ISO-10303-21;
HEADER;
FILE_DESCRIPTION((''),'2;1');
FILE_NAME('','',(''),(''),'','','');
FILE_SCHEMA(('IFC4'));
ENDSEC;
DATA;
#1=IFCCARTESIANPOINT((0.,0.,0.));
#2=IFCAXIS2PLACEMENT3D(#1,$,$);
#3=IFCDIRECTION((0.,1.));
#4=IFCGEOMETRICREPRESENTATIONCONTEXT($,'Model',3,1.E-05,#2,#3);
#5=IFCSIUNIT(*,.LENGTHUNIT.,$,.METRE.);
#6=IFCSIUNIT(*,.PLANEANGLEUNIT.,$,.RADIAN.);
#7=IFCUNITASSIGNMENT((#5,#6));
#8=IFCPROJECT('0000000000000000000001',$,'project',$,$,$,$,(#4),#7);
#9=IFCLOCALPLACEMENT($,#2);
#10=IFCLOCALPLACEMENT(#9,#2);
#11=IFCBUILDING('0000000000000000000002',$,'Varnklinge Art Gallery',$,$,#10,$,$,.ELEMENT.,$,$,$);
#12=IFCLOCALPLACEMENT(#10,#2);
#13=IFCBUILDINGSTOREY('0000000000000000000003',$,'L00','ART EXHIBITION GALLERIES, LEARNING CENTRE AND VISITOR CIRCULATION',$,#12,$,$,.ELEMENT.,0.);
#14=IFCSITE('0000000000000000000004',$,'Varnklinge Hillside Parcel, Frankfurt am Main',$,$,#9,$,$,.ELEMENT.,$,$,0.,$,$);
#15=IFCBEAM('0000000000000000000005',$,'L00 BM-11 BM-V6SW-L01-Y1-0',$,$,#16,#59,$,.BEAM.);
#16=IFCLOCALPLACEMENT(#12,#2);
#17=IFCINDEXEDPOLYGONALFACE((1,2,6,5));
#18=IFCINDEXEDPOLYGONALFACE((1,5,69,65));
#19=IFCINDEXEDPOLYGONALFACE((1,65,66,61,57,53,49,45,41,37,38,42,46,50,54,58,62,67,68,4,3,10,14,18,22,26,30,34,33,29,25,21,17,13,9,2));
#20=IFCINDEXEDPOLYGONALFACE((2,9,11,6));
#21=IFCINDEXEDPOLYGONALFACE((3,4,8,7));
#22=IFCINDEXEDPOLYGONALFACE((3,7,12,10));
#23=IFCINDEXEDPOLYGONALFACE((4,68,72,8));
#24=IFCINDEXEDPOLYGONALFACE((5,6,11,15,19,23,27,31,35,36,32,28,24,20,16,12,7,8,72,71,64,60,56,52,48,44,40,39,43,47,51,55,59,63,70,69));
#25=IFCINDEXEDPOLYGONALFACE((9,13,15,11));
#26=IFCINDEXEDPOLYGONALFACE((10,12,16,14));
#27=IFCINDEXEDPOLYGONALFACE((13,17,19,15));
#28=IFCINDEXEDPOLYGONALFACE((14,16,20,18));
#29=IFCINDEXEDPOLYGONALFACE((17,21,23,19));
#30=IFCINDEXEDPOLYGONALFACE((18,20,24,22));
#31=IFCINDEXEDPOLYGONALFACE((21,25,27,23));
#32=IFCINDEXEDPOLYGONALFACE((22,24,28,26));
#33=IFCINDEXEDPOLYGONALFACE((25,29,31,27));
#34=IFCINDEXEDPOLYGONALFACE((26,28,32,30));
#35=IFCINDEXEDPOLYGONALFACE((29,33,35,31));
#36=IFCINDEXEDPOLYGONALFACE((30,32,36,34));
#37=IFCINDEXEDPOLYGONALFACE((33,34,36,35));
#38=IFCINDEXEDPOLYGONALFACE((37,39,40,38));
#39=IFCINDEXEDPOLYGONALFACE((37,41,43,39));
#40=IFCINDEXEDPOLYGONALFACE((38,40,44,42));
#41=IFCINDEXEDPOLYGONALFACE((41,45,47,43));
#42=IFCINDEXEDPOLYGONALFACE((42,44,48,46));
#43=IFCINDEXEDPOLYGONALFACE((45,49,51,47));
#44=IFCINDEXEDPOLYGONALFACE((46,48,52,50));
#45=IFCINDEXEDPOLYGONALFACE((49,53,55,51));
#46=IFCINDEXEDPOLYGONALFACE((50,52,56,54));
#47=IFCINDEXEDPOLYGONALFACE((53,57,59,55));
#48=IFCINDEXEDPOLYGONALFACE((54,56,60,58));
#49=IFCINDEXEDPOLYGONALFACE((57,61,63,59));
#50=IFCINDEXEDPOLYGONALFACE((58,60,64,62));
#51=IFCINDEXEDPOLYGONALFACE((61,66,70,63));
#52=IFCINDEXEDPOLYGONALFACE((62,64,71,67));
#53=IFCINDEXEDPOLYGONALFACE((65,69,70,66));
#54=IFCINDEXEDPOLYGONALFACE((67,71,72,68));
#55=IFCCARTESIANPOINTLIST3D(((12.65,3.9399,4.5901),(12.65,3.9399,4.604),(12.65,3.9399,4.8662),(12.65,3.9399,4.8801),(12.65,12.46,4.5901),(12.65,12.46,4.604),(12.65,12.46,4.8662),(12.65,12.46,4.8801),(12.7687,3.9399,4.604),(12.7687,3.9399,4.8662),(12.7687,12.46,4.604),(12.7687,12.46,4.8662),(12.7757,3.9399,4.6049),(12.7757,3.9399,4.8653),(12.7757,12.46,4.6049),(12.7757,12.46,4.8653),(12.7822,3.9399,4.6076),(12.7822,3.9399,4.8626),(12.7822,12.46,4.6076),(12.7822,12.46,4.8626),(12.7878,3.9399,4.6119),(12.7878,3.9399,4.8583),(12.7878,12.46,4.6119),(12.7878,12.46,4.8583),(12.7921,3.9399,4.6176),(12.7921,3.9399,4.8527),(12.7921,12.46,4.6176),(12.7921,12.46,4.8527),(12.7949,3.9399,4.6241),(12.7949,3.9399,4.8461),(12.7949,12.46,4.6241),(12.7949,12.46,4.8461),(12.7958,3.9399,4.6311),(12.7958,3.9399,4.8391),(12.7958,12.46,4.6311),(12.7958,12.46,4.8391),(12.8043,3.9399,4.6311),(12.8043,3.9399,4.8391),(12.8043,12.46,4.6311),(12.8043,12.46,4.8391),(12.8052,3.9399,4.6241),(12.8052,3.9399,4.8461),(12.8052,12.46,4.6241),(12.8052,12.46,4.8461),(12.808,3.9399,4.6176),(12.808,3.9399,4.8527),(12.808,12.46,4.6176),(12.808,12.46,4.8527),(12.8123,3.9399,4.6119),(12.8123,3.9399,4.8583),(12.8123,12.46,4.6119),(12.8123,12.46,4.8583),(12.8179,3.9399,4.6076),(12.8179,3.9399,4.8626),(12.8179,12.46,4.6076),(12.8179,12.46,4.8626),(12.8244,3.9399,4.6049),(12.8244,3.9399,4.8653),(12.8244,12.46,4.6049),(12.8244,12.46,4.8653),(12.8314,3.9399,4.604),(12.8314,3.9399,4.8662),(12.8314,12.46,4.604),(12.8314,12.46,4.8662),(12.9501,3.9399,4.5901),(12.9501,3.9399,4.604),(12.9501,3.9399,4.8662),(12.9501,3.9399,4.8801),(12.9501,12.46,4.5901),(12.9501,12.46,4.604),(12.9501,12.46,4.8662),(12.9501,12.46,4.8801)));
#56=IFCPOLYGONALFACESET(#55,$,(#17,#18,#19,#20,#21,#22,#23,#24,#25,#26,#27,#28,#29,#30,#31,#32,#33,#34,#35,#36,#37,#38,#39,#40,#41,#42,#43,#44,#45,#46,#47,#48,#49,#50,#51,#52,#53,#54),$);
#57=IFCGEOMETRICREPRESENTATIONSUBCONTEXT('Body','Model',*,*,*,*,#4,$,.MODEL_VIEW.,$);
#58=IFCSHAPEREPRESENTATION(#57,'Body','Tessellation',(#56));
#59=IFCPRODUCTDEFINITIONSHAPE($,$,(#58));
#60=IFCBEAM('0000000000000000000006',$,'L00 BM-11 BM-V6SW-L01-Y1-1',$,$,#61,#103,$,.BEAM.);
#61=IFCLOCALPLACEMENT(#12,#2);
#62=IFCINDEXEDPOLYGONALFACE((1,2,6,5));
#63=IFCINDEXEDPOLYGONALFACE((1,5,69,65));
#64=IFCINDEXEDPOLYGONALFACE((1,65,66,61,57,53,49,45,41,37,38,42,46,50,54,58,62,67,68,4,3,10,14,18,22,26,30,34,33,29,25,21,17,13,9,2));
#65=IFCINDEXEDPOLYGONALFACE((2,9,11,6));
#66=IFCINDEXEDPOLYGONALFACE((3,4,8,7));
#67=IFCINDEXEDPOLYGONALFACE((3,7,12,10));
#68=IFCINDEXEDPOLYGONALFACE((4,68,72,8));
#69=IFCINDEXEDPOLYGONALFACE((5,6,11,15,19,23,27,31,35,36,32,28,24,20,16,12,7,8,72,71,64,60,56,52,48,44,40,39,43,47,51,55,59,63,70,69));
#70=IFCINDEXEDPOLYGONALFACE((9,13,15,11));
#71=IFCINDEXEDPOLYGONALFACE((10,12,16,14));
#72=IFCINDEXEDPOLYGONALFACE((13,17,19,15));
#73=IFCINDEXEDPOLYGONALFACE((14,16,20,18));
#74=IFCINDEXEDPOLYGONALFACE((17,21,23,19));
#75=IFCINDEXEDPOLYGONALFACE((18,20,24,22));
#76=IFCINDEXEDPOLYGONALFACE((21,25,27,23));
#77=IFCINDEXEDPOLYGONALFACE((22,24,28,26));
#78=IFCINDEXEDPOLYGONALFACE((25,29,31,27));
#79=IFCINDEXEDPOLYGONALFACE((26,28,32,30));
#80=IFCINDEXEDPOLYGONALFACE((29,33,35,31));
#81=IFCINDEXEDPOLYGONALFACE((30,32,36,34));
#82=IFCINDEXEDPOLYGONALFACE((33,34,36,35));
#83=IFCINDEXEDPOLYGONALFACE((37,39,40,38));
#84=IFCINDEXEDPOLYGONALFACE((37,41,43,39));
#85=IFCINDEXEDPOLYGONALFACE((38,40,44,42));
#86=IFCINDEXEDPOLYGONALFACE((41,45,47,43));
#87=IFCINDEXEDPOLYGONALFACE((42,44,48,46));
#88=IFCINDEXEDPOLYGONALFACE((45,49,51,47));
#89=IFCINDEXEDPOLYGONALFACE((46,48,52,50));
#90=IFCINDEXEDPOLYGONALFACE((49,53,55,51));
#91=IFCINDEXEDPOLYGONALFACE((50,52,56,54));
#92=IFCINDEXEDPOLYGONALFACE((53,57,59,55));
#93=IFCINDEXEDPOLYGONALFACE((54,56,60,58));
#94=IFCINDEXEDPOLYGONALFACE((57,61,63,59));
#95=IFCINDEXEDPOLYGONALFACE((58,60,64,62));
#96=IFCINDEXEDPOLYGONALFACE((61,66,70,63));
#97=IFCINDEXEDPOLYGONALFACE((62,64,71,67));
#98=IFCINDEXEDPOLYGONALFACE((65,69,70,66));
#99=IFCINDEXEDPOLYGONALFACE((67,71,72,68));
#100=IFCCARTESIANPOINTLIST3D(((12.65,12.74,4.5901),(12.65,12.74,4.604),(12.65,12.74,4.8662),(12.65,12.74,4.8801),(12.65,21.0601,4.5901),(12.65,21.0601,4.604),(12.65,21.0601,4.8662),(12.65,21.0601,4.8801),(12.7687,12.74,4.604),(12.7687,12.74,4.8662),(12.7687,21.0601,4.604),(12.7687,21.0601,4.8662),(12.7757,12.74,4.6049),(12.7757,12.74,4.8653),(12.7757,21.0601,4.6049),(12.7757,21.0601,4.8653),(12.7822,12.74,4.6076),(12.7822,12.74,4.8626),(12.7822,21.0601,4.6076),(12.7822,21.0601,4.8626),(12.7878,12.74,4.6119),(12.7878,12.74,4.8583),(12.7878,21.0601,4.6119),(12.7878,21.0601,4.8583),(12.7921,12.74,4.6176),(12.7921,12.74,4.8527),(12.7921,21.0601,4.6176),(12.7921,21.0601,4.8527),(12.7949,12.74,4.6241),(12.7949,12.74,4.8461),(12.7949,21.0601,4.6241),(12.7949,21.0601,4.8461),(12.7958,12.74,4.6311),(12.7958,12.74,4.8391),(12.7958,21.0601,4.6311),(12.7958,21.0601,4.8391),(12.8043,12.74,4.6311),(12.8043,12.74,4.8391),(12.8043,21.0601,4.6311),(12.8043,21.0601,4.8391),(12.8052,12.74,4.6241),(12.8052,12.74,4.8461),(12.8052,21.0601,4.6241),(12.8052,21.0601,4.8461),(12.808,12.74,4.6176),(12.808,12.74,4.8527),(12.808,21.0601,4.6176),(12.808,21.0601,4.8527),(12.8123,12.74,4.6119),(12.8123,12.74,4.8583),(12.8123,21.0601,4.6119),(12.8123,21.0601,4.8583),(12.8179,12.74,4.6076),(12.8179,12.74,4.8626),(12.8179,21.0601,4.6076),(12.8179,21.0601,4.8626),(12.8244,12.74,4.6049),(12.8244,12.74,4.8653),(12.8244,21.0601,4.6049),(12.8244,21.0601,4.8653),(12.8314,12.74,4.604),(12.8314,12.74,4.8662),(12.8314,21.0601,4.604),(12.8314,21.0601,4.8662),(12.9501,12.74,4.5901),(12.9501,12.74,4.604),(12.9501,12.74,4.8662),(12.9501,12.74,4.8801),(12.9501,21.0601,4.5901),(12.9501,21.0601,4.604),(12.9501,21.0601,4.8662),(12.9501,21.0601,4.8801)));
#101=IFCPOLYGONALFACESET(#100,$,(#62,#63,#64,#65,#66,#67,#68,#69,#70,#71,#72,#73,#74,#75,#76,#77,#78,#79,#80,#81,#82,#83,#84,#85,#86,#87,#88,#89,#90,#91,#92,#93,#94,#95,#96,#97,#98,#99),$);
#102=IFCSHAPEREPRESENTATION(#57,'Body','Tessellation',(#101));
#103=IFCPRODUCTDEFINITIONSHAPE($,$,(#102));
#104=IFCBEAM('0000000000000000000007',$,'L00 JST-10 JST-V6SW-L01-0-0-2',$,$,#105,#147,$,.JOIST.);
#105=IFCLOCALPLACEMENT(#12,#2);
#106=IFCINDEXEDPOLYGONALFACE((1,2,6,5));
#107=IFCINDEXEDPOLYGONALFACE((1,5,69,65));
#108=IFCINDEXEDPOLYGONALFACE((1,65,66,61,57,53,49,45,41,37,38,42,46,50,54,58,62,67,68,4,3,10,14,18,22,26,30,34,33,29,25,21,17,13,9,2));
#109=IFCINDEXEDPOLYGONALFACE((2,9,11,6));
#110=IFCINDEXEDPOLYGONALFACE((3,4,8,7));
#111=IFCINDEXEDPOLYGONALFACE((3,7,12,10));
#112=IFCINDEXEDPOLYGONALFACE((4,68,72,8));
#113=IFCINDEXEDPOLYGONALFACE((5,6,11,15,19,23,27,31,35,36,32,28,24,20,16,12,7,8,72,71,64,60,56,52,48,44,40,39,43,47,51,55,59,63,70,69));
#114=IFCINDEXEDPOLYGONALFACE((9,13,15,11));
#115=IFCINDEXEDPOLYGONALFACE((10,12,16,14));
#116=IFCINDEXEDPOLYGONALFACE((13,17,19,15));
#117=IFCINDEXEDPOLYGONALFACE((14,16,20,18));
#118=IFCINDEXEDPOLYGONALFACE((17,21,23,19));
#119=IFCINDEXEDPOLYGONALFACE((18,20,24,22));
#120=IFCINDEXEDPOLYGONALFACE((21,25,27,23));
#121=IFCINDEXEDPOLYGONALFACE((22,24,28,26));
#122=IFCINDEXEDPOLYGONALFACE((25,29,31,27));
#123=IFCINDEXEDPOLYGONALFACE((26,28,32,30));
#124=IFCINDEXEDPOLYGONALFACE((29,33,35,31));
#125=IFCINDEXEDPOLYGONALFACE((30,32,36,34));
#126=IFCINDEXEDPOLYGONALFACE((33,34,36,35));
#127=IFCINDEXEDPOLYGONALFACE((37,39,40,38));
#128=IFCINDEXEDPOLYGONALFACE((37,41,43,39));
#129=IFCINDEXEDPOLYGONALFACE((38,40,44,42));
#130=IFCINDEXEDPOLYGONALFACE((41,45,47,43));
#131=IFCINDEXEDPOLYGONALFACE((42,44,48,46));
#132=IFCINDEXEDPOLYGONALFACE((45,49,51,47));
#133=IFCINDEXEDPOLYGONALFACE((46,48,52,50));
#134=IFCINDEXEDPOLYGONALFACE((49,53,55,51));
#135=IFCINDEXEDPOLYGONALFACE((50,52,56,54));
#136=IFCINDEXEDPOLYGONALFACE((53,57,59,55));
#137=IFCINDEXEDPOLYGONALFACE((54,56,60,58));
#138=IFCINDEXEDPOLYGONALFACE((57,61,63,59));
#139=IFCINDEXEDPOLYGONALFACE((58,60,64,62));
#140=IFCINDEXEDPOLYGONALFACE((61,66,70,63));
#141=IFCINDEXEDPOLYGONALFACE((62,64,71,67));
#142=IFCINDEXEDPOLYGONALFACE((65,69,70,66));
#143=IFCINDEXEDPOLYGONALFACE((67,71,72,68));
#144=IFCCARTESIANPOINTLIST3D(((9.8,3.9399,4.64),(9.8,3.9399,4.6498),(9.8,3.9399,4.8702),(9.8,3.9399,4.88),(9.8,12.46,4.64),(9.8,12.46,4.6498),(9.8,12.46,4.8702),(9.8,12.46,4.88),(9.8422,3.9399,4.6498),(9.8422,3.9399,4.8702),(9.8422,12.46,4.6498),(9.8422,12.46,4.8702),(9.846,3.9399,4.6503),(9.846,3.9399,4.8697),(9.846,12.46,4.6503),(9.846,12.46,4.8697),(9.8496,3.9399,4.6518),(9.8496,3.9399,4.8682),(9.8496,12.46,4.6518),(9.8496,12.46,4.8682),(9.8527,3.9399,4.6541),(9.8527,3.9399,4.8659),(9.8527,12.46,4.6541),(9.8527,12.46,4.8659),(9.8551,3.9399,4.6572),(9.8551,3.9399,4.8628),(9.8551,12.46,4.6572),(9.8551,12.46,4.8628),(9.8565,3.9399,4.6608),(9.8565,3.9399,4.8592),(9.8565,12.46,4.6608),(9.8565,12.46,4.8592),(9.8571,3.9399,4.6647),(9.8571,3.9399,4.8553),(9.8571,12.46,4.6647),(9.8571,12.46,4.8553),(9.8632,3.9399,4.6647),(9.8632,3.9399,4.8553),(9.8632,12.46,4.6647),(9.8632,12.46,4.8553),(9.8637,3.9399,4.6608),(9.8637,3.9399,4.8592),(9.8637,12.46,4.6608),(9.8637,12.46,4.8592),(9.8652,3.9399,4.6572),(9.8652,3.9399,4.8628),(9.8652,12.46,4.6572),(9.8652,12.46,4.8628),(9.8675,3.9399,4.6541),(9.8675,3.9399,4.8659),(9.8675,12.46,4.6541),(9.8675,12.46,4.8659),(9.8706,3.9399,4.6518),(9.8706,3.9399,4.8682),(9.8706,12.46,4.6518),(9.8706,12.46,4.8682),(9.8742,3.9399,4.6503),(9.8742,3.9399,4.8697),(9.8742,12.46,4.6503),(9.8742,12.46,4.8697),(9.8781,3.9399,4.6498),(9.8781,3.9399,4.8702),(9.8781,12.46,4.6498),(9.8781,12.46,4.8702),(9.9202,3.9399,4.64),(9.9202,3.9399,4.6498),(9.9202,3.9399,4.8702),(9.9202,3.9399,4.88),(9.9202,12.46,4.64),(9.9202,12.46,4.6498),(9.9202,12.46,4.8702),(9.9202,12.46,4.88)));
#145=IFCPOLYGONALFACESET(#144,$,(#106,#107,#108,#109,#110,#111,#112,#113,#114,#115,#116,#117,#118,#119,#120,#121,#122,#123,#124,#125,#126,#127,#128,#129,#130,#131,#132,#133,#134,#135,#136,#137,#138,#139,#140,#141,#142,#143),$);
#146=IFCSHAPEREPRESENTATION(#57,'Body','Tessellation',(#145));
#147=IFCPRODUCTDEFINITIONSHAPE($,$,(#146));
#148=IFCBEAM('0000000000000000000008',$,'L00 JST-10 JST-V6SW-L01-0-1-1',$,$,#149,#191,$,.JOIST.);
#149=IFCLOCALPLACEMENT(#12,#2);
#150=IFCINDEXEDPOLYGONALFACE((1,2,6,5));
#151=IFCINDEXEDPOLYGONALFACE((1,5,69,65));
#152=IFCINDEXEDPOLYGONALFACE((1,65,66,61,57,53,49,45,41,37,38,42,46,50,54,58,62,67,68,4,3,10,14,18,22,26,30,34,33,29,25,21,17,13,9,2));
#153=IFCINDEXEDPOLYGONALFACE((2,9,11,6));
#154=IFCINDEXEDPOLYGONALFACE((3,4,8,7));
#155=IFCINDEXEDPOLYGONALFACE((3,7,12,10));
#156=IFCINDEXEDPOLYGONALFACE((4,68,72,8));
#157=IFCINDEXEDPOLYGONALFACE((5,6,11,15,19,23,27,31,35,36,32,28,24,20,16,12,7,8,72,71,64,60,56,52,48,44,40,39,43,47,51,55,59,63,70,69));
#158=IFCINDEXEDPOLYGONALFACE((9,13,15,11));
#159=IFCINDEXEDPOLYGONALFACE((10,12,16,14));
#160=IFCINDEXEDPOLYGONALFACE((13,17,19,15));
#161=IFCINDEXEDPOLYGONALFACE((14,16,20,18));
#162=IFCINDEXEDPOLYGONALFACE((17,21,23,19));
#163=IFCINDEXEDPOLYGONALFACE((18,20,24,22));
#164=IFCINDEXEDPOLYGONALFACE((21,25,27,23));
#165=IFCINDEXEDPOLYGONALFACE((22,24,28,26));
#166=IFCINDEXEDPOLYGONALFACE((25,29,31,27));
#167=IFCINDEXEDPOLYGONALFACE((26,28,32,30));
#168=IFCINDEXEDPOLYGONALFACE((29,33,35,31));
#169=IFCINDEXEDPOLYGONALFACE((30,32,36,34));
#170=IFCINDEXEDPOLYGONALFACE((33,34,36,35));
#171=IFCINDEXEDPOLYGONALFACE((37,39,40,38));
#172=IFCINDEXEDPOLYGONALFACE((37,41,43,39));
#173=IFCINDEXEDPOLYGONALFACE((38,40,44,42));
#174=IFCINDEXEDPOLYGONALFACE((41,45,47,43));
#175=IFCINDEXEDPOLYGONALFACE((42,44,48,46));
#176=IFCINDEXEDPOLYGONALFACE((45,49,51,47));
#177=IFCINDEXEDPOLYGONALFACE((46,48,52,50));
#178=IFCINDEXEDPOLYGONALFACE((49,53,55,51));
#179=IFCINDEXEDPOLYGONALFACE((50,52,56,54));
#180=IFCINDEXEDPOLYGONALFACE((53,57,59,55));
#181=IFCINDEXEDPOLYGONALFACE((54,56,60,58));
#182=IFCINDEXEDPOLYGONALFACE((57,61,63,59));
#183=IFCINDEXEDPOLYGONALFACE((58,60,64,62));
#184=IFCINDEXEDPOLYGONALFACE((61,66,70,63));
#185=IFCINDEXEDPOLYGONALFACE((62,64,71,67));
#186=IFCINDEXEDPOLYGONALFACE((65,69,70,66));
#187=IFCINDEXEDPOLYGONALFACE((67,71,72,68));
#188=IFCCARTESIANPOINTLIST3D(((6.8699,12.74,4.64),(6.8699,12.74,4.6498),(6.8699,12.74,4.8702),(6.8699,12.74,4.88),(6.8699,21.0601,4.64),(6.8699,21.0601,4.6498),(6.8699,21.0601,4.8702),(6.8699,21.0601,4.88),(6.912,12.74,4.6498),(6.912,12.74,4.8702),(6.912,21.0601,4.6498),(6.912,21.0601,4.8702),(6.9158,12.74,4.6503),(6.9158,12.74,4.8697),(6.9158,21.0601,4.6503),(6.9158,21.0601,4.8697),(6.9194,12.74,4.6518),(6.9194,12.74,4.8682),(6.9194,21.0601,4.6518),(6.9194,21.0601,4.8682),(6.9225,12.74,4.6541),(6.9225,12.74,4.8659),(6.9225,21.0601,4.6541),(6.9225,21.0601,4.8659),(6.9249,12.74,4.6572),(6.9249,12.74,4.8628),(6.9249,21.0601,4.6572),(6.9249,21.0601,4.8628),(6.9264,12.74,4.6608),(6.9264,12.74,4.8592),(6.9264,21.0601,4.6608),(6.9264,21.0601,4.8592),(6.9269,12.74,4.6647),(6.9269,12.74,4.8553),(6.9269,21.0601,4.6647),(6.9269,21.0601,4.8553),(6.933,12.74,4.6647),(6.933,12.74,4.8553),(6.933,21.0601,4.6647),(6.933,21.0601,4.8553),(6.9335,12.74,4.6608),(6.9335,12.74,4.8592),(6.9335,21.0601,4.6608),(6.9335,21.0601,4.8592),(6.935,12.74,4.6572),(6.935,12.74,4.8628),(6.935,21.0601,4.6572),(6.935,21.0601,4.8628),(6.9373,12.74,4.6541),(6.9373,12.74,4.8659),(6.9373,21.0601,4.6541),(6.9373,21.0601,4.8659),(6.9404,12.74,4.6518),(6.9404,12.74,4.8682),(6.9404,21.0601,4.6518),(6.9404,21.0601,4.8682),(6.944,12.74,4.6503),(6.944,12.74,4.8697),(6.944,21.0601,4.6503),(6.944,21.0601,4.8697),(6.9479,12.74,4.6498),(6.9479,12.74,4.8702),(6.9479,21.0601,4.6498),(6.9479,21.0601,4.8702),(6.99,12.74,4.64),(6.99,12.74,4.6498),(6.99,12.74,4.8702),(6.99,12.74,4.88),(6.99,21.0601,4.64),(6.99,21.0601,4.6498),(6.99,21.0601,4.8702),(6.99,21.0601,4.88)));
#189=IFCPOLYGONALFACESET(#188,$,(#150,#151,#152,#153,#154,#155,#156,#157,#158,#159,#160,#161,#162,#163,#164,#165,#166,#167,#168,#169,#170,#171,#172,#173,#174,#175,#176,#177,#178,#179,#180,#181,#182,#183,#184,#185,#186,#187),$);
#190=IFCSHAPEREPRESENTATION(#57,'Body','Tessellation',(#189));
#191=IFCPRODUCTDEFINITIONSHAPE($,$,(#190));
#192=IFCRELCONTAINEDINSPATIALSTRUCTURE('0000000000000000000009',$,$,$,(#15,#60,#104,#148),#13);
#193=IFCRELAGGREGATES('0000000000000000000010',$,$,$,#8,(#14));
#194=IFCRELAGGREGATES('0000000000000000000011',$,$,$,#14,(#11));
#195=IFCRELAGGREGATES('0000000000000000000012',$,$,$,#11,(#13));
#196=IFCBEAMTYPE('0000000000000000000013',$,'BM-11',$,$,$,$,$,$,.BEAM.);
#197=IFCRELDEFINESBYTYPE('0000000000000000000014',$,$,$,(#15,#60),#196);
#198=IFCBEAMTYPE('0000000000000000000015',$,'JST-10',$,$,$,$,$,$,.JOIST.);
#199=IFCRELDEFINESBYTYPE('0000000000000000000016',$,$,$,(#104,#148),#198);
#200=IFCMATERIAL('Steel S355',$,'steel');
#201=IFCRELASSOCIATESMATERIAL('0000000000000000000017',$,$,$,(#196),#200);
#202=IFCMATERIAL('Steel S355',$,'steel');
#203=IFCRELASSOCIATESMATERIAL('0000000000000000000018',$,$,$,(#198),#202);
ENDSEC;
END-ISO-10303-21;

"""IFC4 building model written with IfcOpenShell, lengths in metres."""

from ifc_helpers import new_model, si_unit, direction, frame, origin, origin_2d, place, context, subcontext, project, spatial, i_section, extrude, material, material_profile, profile_set, type_object, element, save


model = new_model("IFC4")

# Units and contexts
model_context = context("Model", 3, precision=1e-05, world=origin(), true_north=direction((0.0, 1.0)))
body_context = subcontext(model_context, "Body", "Model", "MODEL_VIEW")
ifc_project = project(units=[si_unit("LENGTHUNIT", "METRE"), si_unit("PLANEANGLEUNIT", "RADIAN")], contexts=[model_context])

# Site, building, storey
site_placement = place(None, origin())
site = spatial("IfcSite", under=ifc_project, at=site_placement, Name="Varnklinge Hillside Parcel, Frankfurt am Main", CompositionType="ELEMENT", RefElevation=0.0)
building_placement = place(site_placement, origin())
building = spatial("IfcBuilding", under=site, at=building_placement, Name="Varnklinge Art Gallery", CompositionType="ELEMENT")
storey_placement = place(building_placement, origin())
storey = spatial("IfcBuildingStorey", under=building, at=storey_placement, Name="L00", Description="ART EXHIBITION GALLERIES, LEARNING CENTRE AND VISITOR CIRCULATION", CompositionType="ELEMENT", Elevation=0.0)

# Beams
ifc_material_1 = material(Name="Steel S355", Category="steel")
ifc_material_profile_1 = material_profile(ifc_material_1, i_section(OverallWidth=0.3, OverallDepth=0.29, WebThickness=0.0085, FlangeThickness=0.0139, FilletRadius=0.0271, at=origin_2d()), Name="HEA 300")
ifc_profile_set_1 = profile_set([ifc_material_profile_1], Name="Steel S355")
beam_type_1 = type_object("IfcBeamType", Name="BM-11", PredefinedType="BEAM", material=ifc_profile_set_1)
beam_1_placement = place(storey_placement, frame((12.8, 3.9399, 4.7351), z_axis=(0.0, 1.0, 0.0), x_axis=(-1.0, 0.0, 0.0)))
element("IfcBeam", 1, at=beam_1_placement, inside=storey, type_object=beam_type_1, Name="L00 BM-11 BM-V6SW-L01-Y1-0", PredefinedType="BEAM", context=body_context, shape_type="SweptSolid", body=[
    extrude(i_section(OverallWidth=0.3, OverallDepth=0.29, WebThickness=0.0085, FlangeThickness=0.0139, FilletRadius=0.0271, at=origin_2d()), origin(), (0.0, 0.0, 1.0), 8.52),
])
beam_2_placement = place(storey_placement, frame((12.8, 12.74, 4.7351), z_axis=(0.0, 1.0, 0.0), x_axis=(-1.0, 0.0, 0.0)))
element("IfcBeam", 2, at=beam_2_placement, inside=storey, type_object=beam_type_1, Name="L00 BM-11 BM-V6SW-L01-Y1-1", PredefinedType="BEAM", context=body_context, shape_type="SweptSolid", body=[
    extrude(i_section(OverallWidth=0.3, OverallDepth=0.29, WebThickness=0.0085, FlangeThickness=0.0139, FilletRadius=0.0271, at=origin_2d()), origin(), (0.0, 0.0, 1.0), 8.3201),
])
ifc_material_2 = material(Name="Steel S355", Category="steel")
ifc_material_profile_2 = material_profile(ifc_material_2, i_section(OverallWidth=0.1201, OverallDepth=0.24, WebThickness=0.0061, FlangeThickness=0.0098, FilletRadius=0.0149, at=origin_2d()), Name="IPE 240")
ifc_profile_set_2 = profile_set([ifc_material_profile_2], Name="Steel S355")
beam_type_2 = type_object("IfcBeamType", Name="JST-10", PredefinedType="JOIST", material=ifc_profile_set_2)
beam_3_placement = place(storey_placement, frame((9.8601, 3.9399, 4.76), z_axis=(0.0, 1.0, 0.0), x_axis=(-1.0, 0.0, 0.0)))
element("IfcBeam", 3, at=beam_3_placement, inside=storey, type_object=beam_type_2, Name="L00 JST-10 JST-V6SW-L01-0-0-2", PredefinedType="JOIST", context=body_context, shape_type="SweptSolid", body=[
    extrude(i_section(OverallWidth=0.1201, OverallDepth=0.24, WebThickness=0.0061, FlangeThickness=0.0098, FilletRadius=0.0149, at=origin_2d()), origin(), (0.0, 0.0, 1.0), 8.52),
])
for number, where, z_axis, x_axis, name in (
    (4, (6.9299, 12.74, 4.76), (0.0, 1.0, 0.0), (-1.0, 0.0, 0.0), "L00 JST-10 JST-V6SW-L01-0-1-1"),
):
    element("IfcBeam", number, at=place(storey_placement, frame(where, z_axis=z_axis, x_axis=x_axis)), inside=storey, type_object=beam_type_2, Name=name, PredefinedType="JOIST", context=body_context, shape_type="SweptSolid", body=[
        extrude(i_section(OverallWidth=0.1201, OverallDepth=0.24, WebThickness=0.0061, FlangeThickness=0.0098, FilletRadius=0.0149, at=origin_2d()), origin(), (0.0, 0.0, 1.0), 8.3201),
    ])

save(model, "model.ifc")
